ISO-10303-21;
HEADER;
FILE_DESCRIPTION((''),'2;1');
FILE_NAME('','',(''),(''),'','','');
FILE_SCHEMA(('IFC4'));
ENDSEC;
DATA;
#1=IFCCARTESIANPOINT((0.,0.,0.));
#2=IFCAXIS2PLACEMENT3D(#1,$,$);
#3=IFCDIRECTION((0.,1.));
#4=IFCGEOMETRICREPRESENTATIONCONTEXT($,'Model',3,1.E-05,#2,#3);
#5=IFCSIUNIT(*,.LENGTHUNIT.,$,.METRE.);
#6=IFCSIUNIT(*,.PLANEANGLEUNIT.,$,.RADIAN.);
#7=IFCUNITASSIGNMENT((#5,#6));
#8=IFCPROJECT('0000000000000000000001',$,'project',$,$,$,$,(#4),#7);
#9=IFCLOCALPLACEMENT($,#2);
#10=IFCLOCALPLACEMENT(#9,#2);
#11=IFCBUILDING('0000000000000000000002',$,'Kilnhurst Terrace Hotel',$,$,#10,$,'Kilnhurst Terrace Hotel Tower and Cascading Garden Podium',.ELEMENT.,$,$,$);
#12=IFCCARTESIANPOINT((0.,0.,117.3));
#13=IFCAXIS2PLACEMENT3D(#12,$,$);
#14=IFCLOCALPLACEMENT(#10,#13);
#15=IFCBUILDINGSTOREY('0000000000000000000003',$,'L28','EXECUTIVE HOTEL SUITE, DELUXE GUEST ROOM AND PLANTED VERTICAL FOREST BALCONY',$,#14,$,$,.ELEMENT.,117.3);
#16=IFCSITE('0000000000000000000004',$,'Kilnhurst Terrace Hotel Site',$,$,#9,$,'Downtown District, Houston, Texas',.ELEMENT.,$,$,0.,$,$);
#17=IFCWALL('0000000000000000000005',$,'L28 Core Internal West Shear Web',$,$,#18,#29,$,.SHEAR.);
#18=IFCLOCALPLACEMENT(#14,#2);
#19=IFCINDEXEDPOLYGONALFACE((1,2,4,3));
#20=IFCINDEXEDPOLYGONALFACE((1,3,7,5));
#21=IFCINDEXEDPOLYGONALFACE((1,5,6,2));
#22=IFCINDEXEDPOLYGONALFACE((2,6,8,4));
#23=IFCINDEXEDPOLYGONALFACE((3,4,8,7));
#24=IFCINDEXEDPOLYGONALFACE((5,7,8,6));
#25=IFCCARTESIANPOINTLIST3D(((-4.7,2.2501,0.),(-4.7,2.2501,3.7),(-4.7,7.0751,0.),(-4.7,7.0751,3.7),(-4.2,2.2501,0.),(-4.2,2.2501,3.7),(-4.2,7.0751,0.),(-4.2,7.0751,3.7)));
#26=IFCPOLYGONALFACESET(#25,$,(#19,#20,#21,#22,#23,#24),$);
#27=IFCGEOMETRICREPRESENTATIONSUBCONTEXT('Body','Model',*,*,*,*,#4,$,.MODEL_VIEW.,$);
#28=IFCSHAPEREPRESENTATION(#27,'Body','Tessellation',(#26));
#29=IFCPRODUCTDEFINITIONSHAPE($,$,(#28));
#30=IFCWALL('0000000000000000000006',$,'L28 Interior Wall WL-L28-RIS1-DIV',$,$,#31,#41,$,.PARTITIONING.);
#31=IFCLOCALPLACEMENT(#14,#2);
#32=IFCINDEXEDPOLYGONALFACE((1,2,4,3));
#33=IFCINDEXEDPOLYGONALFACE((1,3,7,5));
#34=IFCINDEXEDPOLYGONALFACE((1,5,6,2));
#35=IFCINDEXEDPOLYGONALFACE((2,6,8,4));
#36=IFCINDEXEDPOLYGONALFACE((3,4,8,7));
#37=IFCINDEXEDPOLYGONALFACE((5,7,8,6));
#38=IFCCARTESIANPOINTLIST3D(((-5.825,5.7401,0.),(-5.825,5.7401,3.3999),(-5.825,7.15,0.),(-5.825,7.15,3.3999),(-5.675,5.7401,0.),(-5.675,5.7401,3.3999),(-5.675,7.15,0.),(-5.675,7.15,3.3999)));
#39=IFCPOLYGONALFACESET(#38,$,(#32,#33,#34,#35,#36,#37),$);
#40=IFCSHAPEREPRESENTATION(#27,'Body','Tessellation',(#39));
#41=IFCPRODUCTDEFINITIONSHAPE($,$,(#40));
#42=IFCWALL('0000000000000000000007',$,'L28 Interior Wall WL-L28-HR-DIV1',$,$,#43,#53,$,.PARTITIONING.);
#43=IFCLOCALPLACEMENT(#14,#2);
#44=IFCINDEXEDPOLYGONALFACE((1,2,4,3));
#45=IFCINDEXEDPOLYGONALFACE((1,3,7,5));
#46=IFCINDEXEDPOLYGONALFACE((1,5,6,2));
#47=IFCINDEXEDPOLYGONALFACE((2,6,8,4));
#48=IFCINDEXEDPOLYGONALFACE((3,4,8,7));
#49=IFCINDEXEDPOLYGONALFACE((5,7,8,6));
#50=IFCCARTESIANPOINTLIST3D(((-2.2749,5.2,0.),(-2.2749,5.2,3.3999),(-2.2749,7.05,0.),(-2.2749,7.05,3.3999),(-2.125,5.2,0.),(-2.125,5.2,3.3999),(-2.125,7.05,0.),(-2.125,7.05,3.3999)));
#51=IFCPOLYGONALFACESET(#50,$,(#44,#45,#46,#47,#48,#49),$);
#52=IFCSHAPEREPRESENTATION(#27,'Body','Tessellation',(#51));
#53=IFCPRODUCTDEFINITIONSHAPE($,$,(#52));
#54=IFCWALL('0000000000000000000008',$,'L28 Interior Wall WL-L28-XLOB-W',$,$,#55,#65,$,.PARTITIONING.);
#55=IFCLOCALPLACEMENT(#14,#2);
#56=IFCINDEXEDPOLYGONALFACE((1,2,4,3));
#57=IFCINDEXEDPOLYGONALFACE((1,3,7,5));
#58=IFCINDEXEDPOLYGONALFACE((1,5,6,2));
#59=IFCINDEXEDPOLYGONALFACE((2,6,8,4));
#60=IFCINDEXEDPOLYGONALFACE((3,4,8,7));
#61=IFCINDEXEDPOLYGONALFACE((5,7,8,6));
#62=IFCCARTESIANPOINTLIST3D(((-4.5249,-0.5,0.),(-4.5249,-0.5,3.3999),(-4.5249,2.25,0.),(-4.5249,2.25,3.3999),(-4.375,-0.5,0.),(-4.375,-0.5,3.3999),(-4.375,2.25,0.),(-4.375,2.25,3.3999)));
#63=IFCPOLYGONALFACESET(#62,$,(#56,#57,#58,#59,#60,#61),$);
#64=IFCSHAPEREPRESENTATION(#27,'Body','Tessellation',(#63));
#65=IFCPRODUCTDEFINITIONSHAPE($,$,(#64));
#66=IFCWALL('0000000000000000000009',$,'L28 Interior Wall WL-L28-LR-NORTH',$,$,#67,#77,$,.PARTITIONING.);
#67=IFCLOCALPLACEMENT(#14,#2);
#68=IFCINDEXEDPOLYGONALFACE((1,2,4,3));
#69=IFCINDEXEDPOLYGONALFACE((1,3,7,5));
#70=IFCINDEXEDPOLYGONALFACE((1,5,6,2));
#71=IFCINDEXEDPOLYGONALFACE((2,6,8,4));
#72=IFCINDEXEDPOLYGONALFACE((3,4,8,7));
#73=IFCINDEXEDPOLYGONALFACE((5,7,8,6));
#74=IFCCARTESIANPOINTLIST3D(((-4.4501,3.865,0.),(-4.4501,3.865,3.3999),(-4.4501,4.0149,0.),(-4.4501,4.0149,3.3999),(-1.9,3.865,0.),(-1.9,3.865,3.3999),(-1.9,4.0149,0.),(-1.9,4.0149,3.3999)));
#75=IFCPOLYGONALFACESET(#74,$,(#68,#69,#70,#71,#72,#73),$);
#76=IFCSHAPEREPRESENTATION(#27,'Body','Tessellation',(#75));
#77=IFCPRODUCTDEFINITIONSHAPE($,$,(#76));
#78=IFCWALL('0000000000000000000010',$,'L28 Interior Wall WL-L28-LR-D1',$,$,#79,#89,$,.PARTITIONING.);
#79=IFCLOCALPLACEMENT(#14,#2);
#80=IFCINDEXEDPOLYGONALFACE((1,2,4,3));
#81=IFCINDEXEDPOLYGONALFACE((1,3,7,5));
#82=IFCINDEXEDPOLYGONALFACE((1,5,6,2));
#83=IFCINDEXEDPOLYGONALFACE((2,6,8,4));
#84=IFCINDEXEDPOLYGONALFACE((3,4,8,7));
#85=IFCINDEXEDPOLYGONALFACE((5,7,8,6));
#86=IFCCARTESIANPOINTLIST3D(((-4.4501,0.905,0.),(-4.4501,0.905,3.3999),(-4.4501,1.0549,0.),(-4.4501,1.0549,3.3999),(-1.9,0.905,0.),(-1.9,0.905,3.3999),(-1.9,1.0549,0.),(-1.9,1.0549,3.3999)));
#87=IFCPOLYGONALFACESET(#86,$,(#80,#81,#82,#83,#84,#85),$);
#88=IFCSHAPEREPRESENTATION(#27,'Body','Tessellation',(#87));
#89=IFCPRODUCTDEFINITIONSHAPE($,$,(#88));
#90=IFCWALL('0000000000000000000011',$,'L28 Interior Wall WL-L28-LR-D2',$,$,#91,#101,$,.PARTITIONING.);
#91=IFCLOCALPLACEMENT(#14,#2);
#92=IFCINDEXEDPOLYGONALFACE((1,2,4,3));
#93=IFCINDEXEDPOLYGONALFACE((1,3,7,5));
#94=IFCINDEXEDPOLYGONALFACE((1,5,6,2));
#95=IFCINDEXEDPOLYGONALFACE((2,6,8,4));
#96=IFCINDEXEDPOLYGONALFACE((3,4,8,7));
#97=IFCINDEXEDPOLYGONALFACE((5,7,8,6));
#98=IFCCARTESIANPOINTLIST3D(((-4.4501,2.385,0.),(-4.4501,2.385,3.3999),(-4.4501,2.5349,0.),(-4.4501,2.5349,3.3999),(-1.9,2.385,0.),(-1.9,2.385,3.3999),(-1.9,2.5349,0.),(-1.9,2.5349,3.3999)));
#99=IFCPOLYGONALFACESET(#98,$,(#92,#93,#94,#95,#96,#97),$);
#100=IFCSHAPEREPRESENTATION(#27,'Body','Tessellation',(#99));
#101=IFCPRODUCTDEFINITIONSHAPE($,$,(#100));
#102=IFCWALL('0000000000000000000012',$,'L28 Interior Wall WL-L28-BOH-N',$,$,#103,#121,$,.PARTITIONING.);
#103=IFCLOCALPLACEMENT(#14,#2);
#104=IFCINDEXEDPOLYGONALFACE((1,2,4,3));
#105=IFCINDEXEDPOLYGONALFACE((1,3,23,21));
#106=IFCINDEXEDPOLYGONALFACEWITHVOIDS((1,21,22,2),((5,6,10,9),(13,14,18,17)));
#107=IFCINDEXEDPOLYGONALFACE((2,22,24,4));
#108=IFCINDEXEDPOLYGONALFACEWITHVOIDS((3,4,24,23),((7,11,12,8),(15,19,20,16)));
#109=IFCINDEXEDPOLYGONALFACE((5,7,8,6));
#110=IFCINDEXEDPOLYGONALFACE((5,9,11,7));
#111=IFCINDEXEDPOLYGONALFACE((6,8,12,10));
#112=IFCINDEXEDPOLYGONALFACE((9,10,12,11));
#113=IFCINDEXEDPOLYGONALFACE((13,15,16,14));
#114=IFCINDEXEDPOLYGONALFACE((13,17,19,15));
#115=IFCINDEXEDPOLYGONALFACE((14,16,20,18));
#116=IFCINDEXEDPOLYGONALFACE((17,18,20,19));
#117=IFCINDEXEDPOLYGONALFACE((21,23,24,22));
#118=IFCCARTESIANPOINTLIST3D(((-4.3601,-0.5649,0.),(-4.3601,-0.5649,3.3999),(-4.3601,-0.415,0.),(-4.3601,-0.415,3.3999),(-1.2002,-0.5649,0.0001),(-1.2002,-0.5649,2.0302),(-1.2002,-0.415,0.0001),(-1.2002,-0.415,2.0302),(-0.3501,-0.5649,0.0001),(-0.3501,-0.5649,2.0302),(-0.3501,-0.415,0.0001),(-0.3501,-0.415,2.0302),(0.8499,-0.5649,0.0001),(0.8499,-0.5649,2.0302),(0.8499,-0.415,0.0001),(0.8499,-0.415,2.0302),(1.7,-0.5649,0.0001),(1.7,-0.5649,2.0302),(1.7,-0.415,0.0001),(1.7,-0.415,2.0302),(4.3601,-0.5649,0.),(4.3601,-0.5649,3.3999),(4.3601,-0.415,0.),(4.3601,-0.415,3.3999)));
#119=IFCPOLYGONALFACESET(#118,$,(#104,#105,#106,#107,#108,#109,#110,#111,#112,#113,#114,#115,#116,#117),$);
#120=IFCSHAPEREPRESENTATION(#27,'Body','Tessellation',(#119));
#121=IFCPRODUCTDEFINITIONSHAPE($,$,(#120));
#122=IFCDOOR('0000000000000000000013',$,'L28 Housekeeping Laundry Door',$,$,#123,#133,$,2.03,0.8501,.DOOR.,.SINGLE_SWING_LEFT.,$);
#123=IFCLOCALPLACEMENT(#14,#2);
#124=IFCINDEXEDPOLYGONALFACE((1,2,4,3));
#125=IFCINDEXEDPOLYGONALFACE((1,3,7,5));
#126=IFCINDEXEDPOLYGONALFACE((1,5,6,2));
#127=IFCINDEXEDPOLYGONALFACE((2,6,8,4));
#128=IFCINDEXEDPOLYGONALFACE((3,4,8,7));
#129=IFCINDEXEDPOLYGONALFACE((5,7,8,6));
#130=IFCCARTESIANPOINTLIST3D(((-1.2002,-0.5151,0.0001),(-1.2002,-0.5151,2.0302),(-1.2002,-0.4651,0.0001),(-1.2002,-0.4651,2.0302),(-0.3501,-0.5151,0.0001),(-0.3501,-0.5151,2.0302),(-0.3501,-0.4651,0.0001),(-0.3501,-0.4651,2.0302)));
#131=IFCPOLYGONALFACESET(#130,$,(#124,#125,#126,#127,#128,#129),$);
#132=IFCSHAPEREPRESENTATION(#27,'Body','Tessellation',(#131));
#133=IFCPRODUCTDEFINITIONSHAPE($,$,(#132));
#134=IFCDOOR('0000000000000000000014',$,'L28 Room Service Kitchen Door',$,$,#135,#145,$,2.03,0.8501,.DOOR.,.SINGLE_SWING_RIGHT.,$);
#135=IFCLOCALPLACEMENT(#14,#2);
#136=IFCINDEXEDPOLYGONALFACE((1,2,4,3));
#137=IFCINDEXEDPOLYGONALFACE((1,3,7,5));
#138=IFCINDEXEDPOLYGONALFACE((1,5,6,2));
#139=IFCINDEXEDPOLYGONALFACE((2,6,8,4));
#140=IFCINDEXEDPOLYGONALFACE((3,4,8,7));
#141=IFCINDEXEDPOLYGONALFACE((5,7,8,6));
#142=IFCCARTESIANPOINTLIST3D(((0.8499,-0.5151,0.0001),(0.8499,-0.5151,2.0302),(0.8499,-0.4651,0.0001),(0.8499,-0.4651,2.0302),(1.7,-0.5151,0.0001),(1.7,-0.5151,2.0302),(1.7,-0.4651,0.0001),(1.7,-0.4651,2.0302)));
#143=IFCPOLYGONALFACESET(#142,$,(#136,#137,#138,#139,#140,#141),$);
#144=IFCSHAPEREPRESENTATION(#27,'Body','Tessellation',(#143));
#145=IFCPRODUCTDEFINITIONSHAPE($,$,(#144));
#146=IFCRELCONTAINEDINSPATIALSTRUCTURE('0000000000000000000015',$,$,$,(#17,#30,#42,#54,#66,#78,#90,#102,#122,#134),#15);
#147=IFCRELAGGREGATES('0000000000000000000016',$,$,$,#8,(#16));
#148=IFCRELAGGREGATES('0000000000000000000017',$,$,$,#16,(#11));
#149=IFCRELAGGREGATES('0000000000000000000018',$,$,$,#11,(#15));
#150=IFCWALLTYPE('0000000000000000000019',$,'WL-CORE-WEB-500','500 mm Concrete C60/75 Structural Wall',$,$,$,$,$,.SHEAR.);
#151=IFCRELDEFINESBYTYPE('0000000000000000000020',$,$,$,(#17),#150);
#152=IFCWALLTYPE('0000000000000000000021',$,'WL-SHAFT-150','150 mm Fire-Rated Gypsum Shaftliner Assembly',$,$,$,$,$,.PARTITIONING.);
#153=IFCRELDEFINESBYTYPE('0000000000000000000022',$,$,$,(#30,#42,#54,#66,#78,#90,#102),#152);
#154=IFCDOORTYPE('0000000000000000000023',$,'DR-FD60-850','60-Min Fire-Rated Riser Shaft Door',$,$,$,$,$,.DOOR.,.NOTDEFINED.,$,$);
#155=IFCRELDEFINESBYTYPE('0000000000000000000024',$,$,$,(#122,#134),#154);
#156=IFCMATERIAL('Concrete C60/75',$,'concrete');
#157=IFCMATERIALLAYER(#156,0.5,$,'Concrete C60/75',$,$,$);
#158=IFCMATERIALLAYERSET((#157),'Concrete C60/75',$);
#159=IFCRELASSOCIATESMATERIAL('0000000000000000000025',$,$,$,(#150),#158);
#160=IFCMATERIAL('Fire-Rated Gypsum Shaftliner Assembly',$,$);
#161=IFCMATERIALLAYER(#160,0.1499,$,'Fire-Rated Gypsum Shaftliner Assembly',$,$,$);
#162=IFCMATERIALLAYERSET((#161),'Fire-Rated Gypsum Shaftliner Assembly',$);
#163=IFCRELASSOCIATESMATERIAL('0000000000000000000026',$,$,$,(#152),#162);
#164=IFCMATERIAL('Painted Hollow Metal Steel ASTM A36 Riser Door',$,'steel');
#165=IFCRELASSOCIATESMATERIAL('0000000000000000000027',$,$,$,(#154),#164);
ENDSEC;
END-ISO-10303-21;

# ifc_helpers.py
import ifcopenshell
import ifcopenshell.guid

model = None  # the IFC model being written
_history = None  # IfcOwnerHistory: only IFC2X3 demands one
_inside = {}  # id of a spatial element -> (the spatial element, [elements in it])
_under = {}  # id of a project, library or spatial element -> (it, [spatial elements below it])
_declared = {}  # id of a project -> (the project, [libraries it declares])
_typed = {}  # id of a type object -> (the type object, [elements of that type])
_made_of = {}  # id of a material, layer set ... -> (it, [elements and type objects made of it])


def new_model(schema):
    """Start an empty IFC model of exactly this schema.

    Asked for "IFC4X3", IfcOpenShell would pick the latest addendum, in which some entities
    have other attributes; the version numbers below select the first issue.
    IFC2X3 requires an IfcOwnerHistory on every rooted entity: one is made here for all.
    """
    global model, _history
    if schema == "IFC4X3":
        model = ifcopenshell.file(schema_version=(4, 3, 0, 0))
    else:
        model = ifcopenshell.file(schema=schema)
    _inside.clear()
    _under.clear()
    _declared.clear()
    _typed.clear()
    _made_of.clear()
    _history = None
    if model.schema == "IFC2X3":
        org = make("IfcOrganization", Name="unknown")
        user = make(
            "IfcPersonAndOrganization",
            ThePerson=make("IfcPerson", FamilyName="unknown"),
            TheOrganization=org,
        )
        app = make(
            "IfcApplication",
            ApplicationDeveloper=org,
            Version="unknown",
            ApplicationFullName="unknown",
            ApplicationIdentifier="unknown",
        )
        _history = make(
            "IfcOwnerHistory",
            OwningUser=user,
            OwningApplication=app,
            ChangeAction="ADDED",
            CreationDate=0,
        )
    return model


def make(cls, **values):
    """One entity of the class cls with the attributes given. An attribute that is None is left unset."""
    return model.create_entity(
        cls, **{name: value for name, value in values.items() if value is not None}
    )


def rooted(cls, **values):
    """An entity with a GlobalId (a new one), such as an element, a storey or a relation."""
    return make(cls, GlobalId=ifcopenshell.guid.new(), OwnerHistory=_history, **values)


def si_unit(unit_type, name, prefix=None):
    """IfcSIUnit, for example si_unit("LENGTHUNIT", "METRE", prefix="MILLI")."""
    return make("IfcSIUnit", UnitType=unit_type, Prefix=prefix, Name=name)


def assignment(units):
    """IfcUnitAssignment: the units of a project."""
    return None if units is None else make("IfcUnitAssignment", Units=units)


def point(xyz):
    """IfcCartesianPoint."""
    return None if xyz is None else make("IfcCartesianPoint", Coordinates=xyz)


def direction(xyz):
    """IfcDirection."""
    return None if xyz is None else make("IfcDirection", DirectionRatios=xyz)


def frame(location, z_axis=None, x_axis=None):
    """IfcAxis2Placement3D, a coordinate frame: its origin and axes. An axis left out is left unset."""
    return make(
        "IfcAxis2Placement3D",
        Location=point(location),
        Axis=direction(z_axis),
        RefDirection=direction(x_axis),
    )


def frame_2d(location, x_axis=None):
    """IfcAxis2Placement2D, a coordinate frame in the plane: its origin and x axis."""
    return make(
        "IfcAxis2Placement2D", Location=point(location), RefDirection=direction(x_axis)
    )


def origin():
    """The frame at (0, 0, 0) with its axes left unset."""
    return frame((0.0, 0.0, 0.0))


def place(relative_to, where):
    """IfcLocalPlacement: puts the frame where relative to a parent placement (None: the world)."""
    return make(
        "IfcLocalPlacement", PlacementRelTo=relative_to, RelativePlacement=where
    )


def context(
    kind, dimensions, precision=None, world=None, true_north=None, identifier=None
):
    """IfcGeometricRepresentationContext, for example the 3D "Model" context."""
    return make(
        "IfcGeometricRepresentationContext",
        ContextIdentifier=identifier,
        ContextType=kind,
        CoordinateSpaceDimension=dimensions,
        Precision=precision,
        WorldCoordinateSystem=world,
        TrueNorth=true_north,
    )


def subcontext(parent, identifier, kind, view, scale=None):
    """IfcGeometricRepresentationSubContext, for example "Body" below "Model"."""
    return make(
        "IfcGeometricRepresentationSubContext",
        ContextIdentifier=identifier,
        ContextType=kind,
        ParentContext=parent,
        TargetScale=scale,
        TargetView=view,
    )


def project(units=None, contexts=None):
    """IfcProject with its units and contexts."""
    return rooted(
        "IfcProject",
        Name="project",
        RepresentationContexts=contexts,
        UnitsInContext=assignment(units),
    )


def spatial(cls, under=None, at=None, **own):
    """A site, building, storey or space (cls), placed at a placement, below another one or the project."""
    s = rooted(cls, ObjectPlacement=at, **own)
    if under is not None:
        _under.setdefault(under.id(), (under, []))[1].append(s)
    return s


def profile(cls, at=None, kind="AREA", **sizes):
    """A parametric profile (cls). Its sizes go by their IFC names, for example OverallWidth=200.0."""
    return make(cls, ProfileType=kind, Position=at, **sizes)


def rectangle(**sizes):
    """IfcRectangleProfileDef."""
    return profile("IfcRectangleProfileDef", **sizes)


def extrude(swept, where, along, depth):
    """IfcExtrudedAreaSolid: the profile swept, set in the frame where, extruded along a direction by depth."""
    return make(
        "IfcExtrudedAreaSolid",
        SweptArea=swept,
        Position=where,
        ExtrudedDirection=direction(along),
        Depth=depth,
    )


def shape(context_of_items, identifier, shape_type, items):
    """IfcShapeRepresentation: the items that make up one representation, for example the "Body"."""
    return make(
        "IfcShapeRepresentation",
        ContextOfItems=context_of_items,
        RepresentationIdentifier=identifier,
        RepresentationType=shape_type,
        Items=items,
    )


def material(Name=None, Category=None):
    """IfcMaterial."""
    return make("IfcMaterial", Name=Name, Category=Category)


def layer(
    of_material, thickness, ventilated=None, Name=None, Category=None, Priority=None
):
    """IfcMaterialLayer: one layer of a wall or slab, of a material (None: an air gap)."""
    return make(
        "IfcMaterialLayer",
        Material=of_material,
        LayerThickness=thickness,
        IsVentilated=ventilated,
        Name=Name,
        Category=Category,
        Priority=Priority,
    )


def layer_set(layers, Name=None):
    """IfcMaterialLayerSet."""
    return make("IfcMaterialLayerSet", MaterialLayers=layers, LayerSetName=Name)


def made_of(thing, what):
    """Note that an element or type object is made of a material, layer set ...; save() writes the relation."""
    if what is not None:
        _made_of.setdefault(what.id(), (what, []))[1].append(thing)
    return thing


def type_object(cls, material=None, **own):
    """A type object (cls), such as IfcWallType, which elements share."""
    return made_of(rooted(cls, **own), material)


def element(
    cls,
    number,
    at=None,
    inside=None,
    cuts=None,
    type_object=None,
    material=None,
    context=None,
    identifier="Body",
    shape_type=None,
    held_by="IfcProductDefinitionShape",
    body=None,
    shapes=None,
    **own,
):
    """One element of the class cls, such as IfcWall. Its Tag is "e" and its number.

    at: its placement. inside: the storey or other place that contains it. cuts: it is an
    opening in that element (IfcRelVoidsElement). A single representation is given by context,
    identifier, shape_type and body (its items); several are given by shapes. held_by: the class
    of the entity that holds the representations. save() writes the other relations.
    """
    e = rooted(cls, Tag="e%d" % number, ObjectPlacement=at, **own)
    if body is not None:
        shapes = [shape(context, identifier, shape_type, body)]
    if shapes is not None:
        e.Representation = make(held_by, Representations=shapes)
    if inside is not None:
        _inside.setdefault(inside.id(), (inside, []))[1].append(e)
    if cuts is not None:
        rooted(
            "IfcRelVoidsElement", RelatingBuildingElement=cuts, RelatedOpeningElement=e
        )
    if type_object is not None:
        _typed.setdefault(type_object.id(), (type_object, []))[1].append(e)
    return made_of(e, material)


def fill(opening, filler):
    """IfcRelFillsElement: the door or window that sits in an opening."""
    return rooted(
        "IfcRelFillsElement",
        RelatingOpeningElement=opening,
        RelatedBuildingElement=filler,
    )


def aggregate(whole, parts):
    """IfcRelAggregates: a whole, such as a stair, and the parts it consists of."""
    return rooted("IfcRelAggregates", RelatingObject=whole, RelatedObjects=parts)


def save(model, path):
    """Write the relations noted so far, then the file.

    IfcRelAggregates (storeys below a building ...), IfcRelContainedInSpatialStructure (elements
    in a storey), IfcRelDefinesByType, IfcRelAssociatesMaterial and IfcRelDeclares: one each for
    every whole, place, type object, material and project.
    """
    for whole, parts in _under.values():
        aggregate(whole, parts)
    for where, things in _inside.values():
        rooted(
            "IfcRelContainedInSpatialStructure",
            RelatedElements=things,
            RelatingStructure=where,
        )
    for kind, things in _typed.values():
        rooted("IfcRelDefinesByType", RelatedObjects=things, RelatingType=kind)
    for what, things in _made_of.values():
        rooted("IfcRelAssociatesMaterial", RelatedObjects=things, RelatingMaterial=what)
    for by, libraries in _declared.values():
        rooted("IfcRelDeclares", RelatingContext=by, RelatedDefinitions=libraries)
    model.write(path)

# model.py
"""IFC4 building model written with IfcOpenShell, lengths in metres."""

from ifc_helpers import new_model, si_unit, direction, frame, frame_2d, origin, place, context, subcontext, project, spatial, rectangle, extrude, material, layer, layer_set, type_object, element, fill, save


model = new_model("IFC4")

# Units and contexts
model_context = context("Model", 3, precision=1e-05, world=origin(), true_north=direction((0.0, 1.0)))
body_context = subcontext(model_context, "Body", "Model", "MODEL_VIEW")
ifc_project = project(units=[si_unit("LENGTHUNIT", "METRE"), si_unit("PLANEANGLEUNIT", "RADIAN")], contexts=[model_context])

# Site, building, storey
site_placement = place(None, origin())
site = spatial("IfcSite", under=ifc_project, at=site_placement, Name="Kilnhurst Terrace Hotel Site", LongName="Downtown District, Houston, Texas", CompositionType="ELEMENT", RefElevation=0.0)
building_placement = place(site_placement, origin())
building = spatial("IfcBuilding", under=site, at=building_placement, Name="Kilnhurst Terrace Hotel", LongName="Kilnhurst Terrace Hotel Tower and Cascading Garden Podium", CompositionType="ELEMENT")
storey_placement = place(building_placement, frame((0.0, 0.0, 117.3)))
storey = spatial("IfcBuildingStorey", under=building, at=storey_placement, Name="L28", Description="EXECUTIVE HOTEL SUITE, DELUXE GUEST ROOM AND PLANTED VERTICAL FOREST BALCONY", CompositionType="ELEMENT", Elevation=117.3)

# Walls
ifc_material_1 = material(Name="Concrete C60/75", Category="concrete")
ifc_layer_1 = layer(ifc_material_1, 0.5, Name="Concrete C60/75")
ifc_layer_set_1 = layer_set([ifc_layer_1], Name="Concrete C60/75")
wall_type_1 = type_object("IfcWallType", Name="WL-CORE-WEB-500", Description="500 mm Concrete C60/75 Structural Wall", PredefinedType="SHEAR", material=ifc_layer_set_1)
wall_1_placement = place(storey_placement, frame((-4.45, 2.25, 0.0), z_axis=(0.0, 0.0, 1.0), x_axis=(0.0, 1.0, 0.0)))
element("IfcWall", 1, at=wall_1_placement, inside=storey, type_object=wall_type_1, Name="L28 Core Internal West Shear Web", PredefinedType="SHEAR", context=body_context, shape_type="SweptSolid", body=[
    extrude(rectangle(XDim=4.825, YDim=0.5, at=frame_2d((2.4126, 0.0))), origin(), (0.0, 0.0, 1.0), 3.7),
])
ifc_material_2 = material(Name="Fire-Rated Gypsum Shaftliner Assembly")
ifc_layer_2 = layer(ifc_material_2, 0.1499, Name="Fire-Rated Gypsum Shaftliner Assembly")
ifc_layer_set_2 = layer_set([ifc_layer_2], Name="Fire-Rated Gypsum Shaftliner Assembly")
wall_type_2 = type_object("IfcWallType", Name="WL-SHAFT-150", Description="150 mm Fire-Rated Gypsum Shaftliner Assembly", PredefinedType="PARTITIONING", material=ifc_layer_set_2)
wall_2_placement = place(storey_placement, frame((-5.75, 5.74, 0.0), z_axis=(0.0, 0.0, 1.0), x_axis=(0.0, 1.0, 0.0)))
element("IfcWall", 2, at=wall_2_placement, inside=storey, type_object=wall_type_2, Name="L28 Interior Wall WL-L28-RIS1-DIV", PredefinedType="PARTITIONING", context=body_context, shape_type="SweptSolid", body=[
    extrude(rectangle(XDim=1.4099, YDim=0.1499, at=frame_2d((0.7051, 0.0))), origin(), (0.0, 0.0, 1.0), 3.3999),
])
wall_3_placement = place(storey_placement, frame((-2.2, 5.2, 0.0), z_axis=(0.0, 0.0, 1.0), x_axis=(0.0, 1.0, 0.0)))
element("IfcWall", 3, at=wall_3_placement, inside=storey, type_object=wall_type_2, Name="L28 Interior Wall WL-L28-HR-DIV1", PredefinedType="PARTITIONING", context=body_context, shape_type="SweptSolid", body=[
    extrude(rectangle(XDim=1.8501, YDim=0.1499, at=frame_2d((0.925, 0.0))), origin(), (0.0, 0.0, 1.0), 3.3999),
])
wall_4_placement = place(storey_placement, frame((-4.45, -0.5, 0.0), z_axis=(0.0, 0.0, 1.0), x_axis=(0.0, 1.0, 0.0)))
element("IfcWall", 4, at=wall_4_placement, inside=storey, type_object=wall_type_2, Name="L28 Interior Wall WL-L28-XLOB-W", PredefinedType="PARTITIONING", context=body_context, shape_type="SweptSolid", body=[
    extrude(rectangle(XDim=2.75, YDim=0.1499, at=frame_2d((1.375, 0.0))), origin(), (0.0, 0.0, 1.0), 3.3999),
])
for number, where, z_axis, x_axis, name in (
    (5, (-4.45, 3.9399, 0.0), (0.0, 0.0, 1.0), (1.0, 0.0, 0.0), "L28 Interior Wall WL-L28-LR-NORTH"),
    (6, (-4.45, 0.98, 0.0), (0.0, 0.0, 1.0), (1.0, 0.0, 0.0), "L28 Interior Wall WL-L28-LR-D1"),
    (7, (-4.45, 2.46, 0.0), (0.0, 0.0, 1.0), (1.0, 0.0, 0.0), "L28 Interior Wall WL-L28-LR-D2"),
):
    element("IfcWall", number, at=place(storey_placement, frame(where, z_axis=z_axis, x_axis=x_axis)), inside=storey, type_object=wall_type_2, Name=name, PredefinedType="PARTITIONING", context=body_context, shape_type="SweptSolid", body=[
        extrude(rectangle(XDim=2.55, YDim=0.1499, at=frame_2d((1.2749, 0.0))), origin(), (0.0, 0.0, 1.0), 3.3999),
    ])

# Wall, openings, doors
wall_5_placement = place(storey_placement, frame((-4.3601, -0.49, 0.0), z_axis=(0.0, 0.0, 1.0), x_axis=(1.0, 0.0, 0.0)))
wall_5 = element("IfcWall", 8, at=wall_5_placement, inside=storey, type_object=wall_type_2, Name="L28 Interior Wall WL-L28-BOH-N", PredefinedType="PARTITIONING", context=body_context, shape_type="SweptSolid", body=[
    extrude(rectangle(XDim=8.7202, YDim=0.1499, at=frame_2d((4.3601, 0.0))), origin(), (0.0, 0.0, 1.0), 3.3999),
])
opening_1_placement = place(wall_5_placement, frame((3.1599, 0.0, 0.0)))
opening_1 = element("IfcOpeningElement", 9, at=opening_1_placement, cuts=wall_5, PredefinedType="OPENING", context=body_context, shape_type="SweptSolid", body=[
    extrude(rectangle(XDim=0.8501, YDim=2.03, at=frame_2d((0.425, 1.0151))), frame((0.0, 0.085, 0.0), z_axis=(0.0, -1.0, 0.0), x_axis=(1.0, 0.0, 0.0)), (0.0, 0.0, 1.0), 0.1699),
])
opening_2_placement = place(wall_5_placement, frame((5.21, 0.0, 0.0)))
opening_2 = element("IfcOpeningElement", 10, at=opening_2_placement, cuts=wall_5, PredefinedType="OPENING", context=body_context, shape_type="SweptSolid", body=[
    extrude(rectangle(XDim=0.8501, YDim=2.03, at=frame_2d((0.425, 1.0151))), frame((0.0, 0.085, 0.0), z_axis=(0.0, -1.0, 0.0), x_axis=(1.0, 0.0, 0.0)), (0.0, 0.0, 1.0), 0.1699),
])
ifc_material_3 = material(Name="Painted Hollow Metal Steel ASTM A36 Riser Door", Category="steel")
door_type_1 = type_object("IfcDoorType", Name="DR-FD60-850", Description="60-Min Fire-Rated Riser Shaft Door", OperationType="NOTDEFINED", PredefinedType="DOOR", material=ifc_material_3)
door_1_placement = place(opening_1_placement, origin())
door_1 = element("IfcDoor", 11, at=door_1_placement, inside=storey, type_object=door_type_1, Name="L28 Housekeeping Laundry Door", OperationType="SINGLE_SWING_LEFT", OverallHeight=2.03, OverallWidth=0.8501, PredefinedType="DOOR", context=body_context, shape_type="SweptSolid", body=[
    extrude(rectangle(XDim=0.8501, YDim=2.03, at=frame_2d((0.425, 1.0151))), frame((0.0, 0.0249, 0.0), z_axis=(0.0, -1.0, 0.0), x_axis=(1.0, 0.0, 0.0)), (0.0, 0.0, 1.0), 0.05),
])
fill(opening_1, door_1)
door_2_placement = place(opening_2_placement, origin())
door_2 = element("IfcDoor", 12, at=door_2_placement, inside=storey, type_object=door_type_1, Name="L28 Room Service Kitchen Door", OperationType="SINGLE_SWING_RIGHT", OverallHeight=2.03, OverallWidth=0.8501, PredefinedType="DOOR", context=body_context, shape_type="SweptSolid", body=[
    extrude(rectangle(XDim=0.8501, YDim=2.03, at=frame_2d((0.425, 1.0151))), frame((0.0, 0.0249, 0.0), z_axis=(0.0, -1.0, 0.0), x_axis=(1.0, 0.0, 0.0)), (0.0, 0.0, 1.0), 0.05),
])
fill(opening_2, door_2)

save(model, "model.ifc")
